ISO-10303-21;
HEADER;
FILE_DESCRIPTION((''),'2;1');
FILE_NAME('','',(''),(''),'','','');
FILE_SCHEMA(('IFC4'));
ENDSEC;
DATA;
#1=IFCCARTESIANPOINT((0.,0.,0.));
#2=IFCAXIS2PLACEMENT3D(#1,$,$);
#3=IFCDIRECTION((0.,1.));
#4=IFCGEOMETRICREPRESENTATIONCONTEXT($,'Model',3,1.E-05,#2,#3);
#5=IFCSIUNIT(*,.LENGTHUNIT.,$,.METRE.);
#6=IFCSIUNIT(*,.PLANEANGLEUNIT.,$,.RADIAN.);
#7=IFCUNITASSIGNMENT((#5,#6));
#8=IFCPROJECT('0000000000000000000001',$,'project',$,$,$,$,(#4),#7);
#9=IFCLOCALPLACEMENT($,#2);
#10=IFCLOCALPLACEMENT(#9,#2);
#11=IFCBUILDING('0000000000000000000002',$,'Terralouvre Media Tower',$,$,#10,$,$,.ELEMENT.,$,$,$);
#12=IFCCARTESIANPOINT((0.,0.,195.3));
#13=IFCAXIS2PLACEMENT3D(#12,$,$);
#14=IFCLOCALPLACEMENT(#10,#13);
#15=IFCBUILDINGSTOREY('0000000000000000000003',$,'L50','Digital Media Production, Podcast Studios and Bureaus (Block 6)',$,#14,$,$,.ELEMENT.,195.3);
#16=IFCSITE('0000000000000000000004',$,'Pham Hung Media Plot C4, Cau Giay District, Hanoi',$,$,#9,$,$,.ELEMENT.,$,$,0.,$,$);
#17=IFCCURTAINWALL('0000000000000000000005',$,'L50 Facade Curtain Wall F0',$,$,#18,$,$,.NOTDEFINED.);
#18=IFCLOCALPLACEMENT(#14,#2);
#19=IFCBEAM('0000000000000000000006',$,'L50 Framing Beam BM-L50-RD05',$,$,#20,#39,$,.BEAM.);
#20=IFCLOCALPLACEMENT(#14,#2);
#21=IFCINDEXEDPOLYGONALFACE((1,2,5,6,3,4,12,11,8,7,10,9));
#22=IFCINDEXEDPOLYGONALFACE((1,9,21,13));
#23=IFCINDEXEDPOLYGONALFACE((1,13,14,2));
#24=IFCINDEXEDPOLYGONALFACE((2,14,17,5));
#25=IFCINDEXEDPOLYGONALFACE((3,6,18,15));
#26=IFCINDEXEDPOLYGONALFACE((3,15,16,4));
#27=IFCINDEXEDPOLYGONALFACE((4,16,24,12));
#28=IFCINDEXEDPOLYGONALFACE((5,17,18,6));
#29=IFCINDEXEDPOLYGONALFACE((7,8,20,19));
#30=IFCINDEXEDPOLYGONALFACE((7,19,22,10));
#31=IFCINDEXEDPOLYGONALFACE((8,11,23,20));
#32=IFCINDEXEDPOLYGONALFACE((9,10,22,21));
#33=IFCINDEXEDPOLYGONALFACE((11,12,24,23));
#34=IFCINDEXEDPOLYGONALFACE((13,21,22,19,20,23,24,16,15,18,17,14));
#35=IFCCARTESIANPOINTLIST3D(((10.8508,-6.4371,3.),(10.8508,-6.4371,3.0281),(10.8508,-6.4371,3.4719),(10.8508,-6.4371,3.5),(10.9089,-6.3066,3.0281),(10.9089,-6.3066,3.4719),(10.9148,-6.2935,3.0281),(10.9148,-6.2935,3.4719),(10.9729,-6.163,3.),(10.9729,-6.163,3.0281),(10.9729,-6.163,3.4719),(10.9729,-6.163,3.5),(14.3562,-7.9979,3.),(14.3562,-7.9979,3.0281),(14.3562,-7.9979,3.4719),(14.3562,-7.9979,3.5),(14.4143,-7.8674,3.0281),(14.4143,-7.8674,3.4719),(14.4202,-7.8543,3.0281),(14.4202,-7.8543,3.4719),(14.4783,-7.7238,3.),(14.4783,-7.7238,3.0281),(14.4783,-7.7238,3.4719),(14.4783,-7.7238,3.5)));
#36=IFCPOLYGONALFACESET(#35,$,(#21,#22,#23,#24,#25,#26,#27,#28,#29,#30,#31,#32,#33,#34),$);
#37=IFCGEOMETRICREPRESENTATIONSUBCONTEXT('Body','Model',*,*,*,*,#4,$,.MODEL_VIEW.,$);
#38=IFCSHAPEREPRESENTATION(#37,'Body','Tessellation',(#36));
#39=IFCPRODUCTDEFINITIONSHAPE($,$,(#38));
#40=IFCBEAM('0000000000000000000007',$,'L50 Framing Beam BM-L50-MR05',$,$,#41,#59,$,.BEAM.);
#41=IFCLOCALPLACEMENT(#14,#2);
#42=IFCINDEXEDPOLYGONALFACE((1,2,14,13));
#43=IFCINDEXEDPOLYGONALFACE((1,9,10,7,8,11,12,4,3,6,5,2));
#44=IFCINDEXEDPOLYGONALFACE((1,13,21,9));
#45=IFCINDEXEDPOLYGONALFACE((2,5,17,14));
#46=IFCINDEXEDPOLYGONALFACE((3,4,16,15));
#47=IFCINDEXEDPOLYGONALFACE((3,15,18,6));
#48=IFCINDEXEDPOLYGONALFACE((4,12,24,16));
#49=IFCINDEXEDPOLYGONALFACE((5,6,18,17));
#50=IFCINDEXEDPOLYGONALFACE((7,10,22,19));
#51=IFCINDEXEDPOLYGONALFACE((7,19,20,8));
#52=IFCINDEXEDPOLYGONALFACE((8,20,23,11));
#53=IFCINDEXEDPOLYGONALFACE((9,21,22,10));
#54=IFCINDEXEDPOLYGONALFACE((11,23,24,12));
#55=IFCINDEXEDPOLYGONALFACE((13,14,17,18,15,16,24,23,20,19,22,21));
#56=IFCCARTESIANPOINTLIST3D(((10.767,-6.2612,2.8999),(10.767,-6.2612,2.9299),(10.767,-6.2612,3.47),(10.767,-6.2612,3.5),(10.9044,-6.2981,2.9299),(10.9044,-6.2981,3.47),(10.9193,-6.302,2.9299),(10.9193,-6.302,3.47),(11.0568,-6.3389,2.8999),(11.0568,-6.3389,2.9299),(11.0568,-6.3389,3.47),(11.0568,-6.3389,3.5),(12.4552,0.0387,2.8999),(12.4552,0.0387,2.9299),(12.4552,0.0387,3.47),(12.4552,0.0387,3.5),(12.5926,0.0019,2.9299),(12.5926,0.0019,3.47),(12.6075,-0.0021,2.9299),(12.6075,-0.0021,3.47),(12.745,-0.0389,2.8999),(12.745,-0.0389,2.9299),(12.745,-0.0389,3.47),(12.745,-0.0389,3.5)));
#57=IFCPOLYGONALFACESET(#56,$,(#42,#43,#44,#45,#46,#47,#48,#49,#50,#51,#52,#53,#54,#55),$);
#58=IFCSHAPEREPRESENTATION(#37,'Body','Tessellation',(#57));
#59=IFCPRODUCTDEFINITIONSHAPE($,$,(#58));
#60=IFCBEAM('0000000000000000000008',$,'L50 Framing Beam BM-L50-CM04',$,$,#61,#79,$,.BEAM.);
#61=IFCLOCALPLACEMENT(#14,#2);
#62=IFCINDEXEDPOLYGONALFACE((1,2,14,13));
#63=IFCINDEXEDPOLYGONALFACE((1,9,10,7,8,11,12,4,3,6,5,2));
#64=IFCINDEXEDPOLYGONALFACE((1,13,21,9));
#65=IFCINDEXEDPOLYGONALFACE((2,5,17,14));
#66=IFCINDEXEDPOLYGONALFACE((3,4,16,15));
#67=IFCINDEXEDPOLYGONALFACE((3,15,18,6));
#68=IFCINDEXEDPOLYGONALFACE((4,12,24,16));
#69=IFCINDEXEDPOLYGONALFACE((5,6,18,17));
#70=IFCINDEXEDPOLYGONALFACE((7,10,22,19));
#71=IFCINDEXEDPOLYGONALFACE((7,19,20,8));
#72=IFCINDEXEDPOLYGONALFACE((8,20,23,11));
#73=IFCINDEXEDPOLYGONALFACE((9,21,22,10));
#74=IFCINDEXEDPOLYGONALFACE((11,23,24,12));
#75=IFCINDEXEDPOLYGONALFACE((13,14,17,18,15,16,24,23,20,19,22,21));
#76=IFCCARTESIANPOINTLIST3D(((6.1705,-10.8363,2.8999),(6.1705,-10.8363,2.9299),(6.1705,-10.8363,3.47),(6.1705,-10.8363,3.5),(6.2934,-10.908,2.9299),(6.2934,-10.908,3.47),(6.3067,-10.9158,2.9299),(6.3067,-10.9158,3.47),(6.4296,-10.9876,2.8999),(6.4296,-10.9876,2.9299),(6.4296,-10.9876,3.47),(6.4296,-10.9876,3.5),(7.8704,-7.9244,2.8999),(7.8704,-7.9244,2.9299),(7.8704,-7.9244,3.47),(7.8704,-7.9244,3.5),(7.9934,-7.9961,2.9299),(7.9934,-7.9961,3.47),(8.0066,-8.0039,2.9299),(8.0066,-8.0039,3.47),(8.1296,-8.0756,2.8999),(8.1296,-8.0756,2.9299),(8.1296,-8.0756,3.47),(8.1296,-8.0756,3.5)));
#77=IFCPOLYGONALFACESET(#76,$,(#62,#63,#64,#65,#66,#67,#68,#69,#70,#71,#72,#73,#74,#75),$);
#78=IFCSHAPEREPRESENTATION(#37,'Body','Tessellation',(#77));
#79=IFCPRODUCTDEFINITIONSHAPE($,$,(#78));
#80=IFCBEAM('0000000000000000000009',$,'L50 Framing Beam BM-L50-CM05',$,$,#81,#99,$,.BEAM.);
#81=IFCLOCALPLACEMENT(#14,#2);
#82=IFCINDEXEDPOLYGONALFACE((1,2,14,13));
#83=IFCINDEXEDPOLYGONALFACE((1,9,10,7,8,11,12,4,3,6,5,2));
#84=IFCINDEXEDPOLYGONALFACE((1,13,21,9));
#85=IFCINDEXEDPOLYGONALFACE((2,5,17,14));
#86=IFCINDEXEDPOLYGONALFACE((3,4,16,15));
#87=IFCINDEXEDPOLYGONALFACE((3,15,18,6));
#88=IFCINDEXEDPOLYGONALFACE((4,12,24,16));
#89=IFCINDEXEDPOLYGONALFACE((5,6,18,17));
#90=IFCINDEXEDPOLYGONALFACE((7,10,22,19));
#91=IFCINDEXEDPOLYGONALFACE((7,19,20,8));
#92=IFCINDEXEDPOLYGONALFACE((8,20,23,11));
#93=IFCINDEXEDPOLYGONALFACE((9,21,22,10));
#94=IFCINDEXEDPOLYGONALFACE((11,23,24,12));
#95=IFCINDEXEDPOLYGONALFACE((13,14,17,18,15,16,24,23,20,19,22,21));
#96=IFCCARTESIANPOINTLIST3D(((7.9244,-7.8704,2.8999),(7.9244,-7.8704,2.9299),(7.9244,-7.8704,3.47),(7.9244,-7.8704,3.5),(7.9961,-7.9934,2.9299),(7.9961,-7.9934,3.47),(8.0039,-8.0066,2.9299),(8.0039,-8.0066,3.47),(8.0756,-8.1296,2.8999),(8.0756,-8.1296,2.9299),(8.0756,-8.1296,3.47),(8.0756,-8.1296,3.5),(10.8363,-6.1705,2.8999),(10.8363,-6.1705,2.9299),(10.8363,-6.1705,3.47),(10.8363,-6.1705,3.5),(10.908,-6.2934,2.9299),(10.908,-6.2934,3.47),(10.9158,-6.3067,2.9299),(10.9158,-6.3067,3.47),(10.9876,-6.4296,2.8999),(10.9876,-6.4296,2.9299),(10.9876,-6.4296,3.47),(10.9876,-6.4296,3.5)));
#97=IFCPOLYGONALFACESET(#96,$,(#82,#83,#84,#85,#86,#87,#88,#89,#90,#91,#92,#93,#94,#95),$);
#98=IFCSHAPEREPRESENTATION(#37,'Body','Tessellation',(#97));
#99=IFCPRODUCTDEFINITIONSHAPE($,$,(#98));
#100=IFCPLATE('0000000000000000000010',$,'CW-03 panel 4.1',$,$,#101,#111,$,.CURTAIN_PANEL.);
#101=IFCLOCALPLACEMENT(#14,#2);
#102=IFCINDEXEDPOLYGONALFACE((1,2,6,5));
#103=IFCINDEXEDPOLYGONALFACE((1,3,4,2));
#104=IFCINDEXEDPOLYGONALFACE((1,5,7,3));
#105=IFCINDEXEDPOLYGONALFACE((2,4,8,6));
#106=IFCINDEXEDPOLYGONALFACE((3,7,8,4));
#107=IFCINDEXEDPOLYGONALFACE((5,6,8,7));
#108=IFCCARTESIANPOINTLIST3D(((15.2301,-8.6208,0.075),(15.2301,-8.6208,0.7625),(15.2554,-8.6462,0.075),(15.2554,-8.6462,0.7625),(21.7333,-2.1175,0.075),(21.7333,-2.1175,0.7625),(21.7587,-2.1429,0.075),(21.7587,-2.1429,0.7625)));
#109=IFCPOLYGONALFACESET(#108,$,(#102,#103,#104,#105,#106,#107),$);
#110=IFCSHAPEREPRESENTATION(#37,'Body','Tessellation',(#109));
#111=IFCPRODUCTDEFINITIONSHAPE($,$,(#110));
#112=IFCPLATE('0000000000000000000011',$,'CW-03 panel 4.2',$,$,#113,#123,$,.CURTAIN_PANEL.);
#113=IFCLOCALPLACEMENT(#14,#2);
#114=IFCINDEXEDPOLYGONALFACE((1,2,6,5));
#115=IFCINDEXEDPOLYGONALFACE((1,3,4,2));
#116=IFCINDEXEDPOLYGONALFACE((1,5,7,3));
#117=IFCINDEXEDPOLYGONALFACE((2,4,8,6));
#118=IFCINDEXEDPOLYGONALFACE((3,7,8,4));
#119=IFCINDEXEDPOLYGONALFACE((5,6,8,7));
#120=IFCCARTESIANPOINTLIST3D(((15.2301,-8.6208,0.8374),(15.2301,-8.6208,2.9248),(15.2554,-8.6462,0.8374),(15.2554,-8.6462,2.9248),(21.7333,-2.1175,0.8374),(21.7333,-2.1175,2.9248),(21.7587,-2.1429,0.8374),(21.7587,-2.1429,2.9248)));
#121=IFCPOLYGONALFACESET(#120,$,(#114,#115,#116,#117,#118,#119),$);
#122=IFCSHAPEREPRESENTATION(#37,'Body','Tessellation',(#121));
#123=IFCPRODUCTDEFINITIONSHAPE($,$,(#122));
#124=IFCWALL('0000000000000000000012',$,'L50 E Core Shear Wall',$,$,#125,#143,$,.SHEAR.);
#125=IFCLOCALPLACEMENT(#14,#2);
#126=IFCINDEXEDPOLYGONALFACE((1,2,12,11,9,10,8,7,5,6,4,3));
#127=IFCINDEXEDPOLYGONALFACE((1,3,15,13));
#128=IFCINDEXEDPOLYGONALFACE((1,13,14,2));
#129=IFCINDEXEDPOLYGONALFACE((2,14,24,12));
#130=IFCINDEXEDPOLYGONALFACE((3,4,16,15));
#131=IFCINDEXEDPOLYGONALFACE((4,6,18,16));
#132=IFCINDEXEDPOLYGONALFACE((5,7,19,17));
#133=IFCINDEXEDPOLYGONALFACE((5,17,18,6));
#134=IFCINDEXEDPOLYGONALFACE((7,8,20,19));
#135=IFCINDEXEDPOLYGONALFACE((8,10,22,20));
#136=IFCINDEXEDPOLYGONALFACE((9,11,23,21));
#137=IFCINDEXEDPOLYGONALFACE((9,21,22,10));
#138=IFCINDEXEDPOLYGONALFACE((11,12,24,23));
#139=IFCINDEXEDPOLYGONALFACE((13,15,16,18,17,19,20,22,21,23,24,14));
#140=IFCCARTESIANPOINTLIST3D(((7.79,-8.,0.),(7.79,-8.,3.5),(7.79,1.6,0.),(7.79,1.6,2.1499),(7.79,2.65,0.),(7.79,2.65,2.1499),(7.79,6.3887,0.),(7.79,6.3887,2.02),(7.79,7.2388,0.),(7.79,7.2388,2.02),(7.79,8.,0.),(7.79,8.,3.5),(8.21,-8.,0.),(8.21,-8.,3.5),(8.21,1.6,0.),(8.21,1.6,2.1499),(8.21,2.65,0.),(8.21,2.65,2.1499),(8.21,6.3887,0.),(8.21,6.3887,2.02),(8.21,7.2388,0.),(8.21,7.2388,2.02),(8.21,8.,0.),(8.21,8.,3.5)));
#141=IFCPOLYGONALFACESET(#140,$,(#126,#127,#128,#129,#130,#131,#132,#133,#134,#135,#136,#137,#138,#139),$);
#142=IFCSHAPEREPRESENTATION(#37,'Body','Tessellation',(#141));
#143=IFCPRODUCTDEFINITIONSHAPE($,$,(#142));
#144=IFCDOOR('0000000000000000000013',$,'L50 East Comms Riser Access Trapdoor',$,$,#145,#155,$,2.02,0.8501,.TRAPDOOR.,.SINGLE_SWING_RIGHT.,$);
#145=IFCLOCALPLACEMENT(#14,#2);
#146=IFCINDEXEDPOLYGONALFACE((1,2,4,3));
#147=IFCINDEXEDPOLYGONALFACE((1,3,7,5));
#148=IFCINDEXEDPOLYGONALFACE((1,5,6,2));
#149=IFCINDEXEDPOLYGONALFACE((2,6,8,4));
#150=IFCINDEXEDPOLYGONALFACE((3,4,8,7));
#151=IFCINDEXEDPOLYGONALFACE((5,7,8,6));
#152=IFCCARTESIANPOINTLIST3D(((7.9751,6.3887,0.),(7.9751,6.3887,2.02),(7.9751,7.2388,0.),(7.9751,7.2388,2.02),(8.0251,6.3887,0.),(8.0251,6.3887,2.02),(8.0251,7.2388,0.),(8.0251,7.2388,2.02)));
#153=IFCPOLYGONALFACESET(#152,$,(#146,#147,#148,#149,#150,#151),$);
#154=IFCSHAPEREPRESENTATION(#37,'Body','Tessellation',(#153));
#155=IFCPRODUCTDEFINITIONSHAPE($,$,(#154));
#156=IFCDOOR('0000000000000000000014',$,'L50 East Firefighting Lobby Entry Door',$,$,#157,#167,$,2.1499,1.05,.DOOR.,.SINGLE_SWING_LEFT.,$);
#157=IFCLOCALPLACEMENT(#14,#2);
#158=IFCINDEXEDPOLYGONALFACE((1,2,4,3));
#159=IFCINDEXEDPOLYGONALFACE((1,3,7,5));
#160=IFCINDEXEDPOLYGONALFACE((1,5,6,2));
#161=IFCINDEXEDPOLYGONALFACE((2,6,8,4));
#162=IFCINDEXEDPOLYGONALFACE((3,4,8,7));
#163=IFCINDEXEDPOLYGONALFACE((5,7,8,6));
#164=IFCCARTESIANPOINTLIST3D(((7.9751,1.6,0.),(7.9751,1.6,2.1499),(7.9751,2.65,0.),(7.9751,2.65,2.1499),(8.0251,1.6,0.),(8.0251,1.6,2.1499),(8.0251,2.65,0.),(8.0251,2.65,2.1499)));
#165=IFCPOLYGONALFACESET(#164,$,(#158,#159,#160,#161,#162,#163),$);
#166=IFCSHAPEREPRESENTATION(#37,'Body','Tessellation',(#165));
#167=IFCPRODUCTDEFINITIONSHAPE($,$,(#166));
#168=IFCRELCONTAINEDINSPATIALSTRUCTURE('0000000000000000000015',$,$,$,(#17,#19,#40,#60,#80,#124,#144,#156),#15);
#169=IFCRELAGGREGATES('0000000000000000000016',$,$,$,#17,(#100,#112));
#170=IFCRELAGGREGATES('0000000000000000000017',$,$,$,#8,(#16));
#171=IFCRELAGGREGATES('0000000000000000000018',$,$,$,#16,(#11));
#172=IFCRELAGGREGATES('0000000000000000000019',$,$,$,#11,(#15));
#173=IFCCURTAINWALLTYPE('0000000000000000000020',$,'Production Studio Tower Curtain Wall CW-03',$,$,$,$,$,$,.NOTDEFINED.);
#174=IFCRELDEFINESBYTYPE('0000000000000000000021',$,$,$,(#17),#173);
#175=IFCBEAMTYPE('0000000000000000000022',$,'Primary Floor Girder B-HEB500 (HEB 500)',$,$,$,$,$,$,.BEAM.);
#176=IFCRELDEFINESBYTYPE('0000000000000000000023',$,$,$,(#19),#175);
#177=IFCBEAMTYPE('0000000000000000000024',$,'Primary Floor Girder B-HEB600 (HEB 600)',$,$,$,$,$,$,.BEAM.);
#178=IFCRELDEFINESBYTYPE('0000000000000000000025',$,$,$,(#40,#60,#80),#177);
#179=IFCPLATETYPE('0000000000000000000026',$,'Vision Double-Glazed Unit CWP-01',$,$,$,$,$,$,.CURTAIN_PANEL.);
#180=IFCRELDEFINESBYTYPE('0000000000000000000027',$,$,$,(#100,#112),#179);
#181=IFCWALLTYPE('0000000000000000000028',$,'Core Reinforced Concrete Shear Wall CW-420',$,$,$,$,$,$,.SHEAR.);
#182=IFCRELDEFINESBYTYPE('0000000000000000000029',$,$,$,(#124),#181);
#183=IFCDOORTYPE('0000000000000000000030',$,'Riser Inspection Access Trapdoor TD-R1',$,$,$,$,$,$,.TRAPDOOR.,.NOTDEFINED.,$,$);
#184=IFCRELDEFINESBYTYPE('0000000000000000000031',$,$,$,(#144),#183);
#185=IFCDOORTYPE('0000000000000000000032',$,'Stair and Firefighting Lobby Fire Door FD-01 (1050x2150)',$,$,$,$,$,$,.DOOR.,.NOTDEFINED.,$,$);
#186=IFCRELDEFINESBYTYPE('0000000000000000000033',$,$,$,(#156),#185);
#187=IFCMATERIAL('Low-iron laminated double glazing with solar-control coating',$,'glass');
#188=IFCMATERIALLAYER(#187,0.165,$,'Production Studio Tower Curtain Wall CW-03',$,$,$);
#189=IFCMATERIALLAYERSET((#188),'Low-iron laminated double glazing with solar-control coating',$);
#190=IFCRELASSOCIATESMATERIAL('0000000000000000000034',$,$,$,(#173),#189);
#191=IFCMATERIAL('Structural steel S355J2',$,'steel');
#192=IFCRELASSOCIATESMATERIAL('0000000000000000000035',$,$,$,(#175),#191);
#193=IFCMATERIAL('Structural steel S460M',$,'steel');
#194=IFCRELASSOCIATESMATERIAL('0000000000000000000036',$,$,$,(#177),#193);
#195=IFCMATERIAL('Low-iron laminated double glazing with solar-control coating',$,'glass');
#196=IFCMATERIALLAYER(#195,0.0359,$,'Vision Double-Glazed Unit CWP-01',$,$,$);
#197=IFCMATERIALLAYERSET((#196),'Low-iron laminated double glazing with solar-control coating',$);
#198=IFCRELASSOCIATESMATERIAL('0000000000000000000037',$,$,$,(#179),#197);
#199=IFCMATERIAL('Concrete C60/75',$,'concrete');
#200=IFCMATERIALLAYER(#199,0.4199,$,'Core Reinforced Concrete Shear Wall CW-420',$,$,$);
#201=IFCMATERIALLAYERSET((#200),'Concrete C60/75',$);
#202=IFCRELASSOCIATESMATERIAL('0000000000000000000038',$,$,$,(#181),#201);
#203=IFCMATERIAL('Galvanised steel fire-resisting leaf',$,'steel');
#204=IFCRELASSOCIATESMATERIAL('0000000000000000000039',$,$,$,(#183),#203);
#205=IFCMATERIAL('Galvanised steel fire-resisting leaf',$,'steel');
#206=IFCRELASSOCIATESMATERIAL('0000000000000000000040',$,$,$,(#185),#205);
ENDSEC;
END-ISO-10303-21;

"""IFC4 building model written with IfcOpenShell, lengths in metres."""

from ifc_helpers import new_model, si_unit, direction, frame, frame_2d, origin, origin_2d, place, context, subcontext, project, spatial, rectangle, i_section, extrude, material, layer, layer_set, material_profile, profile_set, type_object, element, fill, aggregate, save


model = new_model("IFC4")

# Units and contexts
model_context = context("Model", 3, precision=1e-05, world=origin(), true_north=direction((0.0, 1.0)))
body_context = subcontext(model_context, "Body", "Model", "MODEL_VIEW")
ifc_project = project(units=[si_unit("LENGTHUNIT", "METRE"), si_unit("PLANEANGLEUNIT", "RADIAN")], contexts=[model_context])

# Site, building, storey
site_placement = place(None, origin())
site = spatial("IfcSite", under=ifc_project, at=site_placement, Name="Pham Hung Media Plot C4, Cau Giay District, Hanoi", CompositionType="ELEMENT", RefElevation=0.0)
building_placement = place(site_placement, origin())
building = spatial("IfcBuilding", under=site, at=building_placement, Name="Terralouvre Media Tower", CompositionType="ELEMENT")
storey_placement = place(building_placement, frame((0.0, 0.0, 195.3)))
storey = spatial("IfcBuildingStorey", under=building, at=storey_placement, Name="L50", Description="Digital Media Production, Podcast Studios and Bureaus (Block 6)", CompositionType="ELEMENT", Elevation=195.3)

# Curtain wall
ifc_material_1 = material(Name="Low-iron laminated double glazing with solar-control coating", Category="glass")
ifc_layer_1 = layer(ifc_material_1, 0.165, Name="Production Studio Tower Curtain Wall CW-03")
ifc_layer_set_1 = layer_set([ifc_layer_1], Name="Low-iron laminated double glazing with solar-control coating")
curtain_wall_type = type_object("IfcCurtainWallType", Name="Production Studio Tower Curtain Wall CW-03", PredefinedType="NOTDEFINED", material=ifc_layer_set_1)
curtain_wall_placement = place(storey_placement, origin())
curtain_wall = element("IfcCurtainWall", 1, at=curtain_wall_placement, inside=storey, type_object=curtain_wall_type, Name="L50 Facade Curtain Wall F0", PredefinedType="NOTDEFINED")

# Beams
ifc_material_2 = material(Name="Structural steel S355J2", Category="steel")
ifc_material_profile_1 = material_profile(ifc_material_2, i_section(OverallWidth=0.3, OverallDepth=0.5, WebThickness=0.0144, FlangeThickness=0.0281, at=origin_2d()), Name="HEB 500")
ifc_profile_set_1 = profile_set([ifc_material_profile_1], Name="Structural steel S355J2")
beam_type_1 = type_object("IfcBeamType", Name="Primary Floor Girder B-HEB500 (HEB 500)", PredefinedType="BEAM", material=ifc_profile_set_1)
beam_1_placement = place(storey_placement, frame((10.9119, -6.3, 3.25), z_axis=(0.913536, -0.406758, 0.0), x_axis=(0.406758, 0.913536, 0.0)))
element("IfcBeam", 2, at=beam_1_placement, inside=storey, type_object=beam_type_1, Name="L50 Framing Beam BM-L50-RD05", PredefinedType="BEAM", context=body_context, shape_type="SweptSolid", body=[
    extrude(i_section(OverallWidth=0.3, OverallDepth=0.5, WebThickness=0.0144, FlangeThickness=0.0281, at=origin_2d()), origin(), (0.0, 0.0, 1.0), 3.8372),
])
ifc_material_3 = material(Name="Structural steel S460M", Category="steel")
ifc_material_profile_2 = material_profile(ifc_material_3, i_section(OverallWidth=0.3, OverallDepth=0.6001, WebThickness=0.0154, FlangeThickness=0.03, at=origin_2d()), Name="HEB 600")
ifc_profile_set_2 = profile_set([ifc_material_profile_2], Name="Structural steel S460M")
beam_type_2 = type_object("IfcBeamType", Name="Primary Floor Girder B-HEB600 (HEB 600)", PredefinedType="BEAM", material=ifc_profile_set_2)
beam_2_placement = place(storey_placement, frame((10.9119, -6.3, 3.2), z_axis=(0.258839, 0.96592, 0.0), x_axis=(-0.96592, 0.258839, 0.0)))
element("IfcBeam", 3, at=beam_2_placement, inside=storey, type_object=beam_type_2, Name="L50 Framing Beam BM-L50-MR05", PredefinedType="BEAM", context=body_context, shape_type="SweptSolid", body=[
    extrude(i_section(OverallWidth=0.3, OverallDepth=0.6001, WebThickness=0.0154, FlangeThickness=0.03, at=origin_2d()), origin(), (0.0, 0.0, 1.0), 6.5222),
])
for number, where, z_axis, x_axis, name in (
    (4, (8.0, -8.0, 3.2), (-0.504173, -0.863603, 0.0), (0.863603, -0.504173, 0.0), "L50 Framing Beam BM-L50-CM04"),
    (5, (8.0, -8.0, 3.2), (0.863603, 0.504173, 0.0), (-0.504173, 0.863603, 0.0), "L50 Framing Beam BM-L50-CM05"),
):
    element("IfcBeam", number, at=place(storey_placement, frame(where, z_axis=z_axis, x_axis=x_axis)), inside=storey, type_object=beam_type_2, Name=name, PredefinedType="BEAM", context=body_context, shape_type="SweptSolid", body=[
        extrude(i_section(OverallWidth=0.3, OverallDepth=0.6001, WebThickness=0.0154, FlangeThickness=0.03, at=origin_2d()), origin(), (0.0, 0.0, 1.0), 3.3718),
    ])

# Plates
ifc_material_4 = material(Name="Low-iron laminated double glazing with solar-control coating", Category="glass")
ifc_layer_2 = layer(ifc_material_4, 0.0359, Name="Vision Double-Glazed Unit CWP-01")
ifc_layer_set_2 = layer_set([ifc_layer_2], Name="Low-iron laminated double glazing with solar-control coating")
plate_type = type_object("IfcPlateType", Name="Vision Double-Glazed Unit CWP-01", PredefinedType="CURTAIN_PANEL", material=ifc_layer_set_2)
plate_1_placement = place(storey_placement, frame((18.4944, -5.3818, 0.075), z_axis=(0.0, 0.0, 1.0), x_axis=(0.707107, 0.707107, 0.0)))
plate_1 = element("IfcPlate", 6, at=plate_1_placement, type_object=plate_type, Name="CW-03 panel 4.1", PredefinedType="CURTAIN_PANEL", context=body_context, shape_type="SweptSolid", body=[
    extrude(rectangle(XDim=9.197, YDim=0.0359, at=origin_2d()), origin(), (0.0, 0.0, 1.0), 0.6875),
])
plate_2_placement = place(storey_placement, frame((18.4944, -5.3818, 0.8374), z_axis=(0.0, 0.0, 1.0), x_axis=(0.707107, 0.707107, 0.0)))
plate_2 = element("IfcPlate", 7, at=plate_2_placement, type_object=plate_type, Name="CW-03 panel 4.2", PredefinedType="CURTAIN_PANEL", context=body_context, shape_type="SweptSolid", body=[
    extrude(rectangle(XDim=9.197, YDim=0.0359, at=origin_2d()), origin(), (0.0, 0.0, 1.0), 2.0874),
])
aggregate(curtain_wall, [plate_1, plate_2])

# Wall, openings, doors
ifc_material_5 = material(Name="Concrete C60/75", Category="concrete")
ifc_layer_3 = layer(ifc_material_5, 0.4199, Name="Core Reinforced Concrete Shear Wall CW-420")
ifc_layer_set_3 = layer_set([ifc_layer_3], Name="Concrete C60/75")
wall_type_1 = type_object("IfcWallType", Name="Core Reinforced Concrete Shear Wall CW-420", PredefinedType="SHEAR", material=ifc_layer_set_3)
wall_1_placement = place(storey_placement, frame((8.0, -8.0, 0.0), z_axis=(0.0, 0.0, 1.0), x_axis=(0.0, 1.0, 0.0)))
wall_1 = element("IfcWall", 8, at=wall_1_placement, inside=storey, type_object=wall_type_1, Name="L50 E Core Shear Wall", PredefinedType="SHEAR", context=body_context, shape_type="SweptSolid", body=[
    extrude(rectangle(XDim=16.0, YDim=0.4199, at=frame_2d((8.0, 0.0))), origin(), (0.0, 0.0, 1.0), 3.5),
])
opening_1_placement = place(wall_1_placement, frame((9.6001, 0.0, 0.0)))
opening_1 = element("IfcOpeningElement", 9, at=opening_1_placement, cuts=wall_1, PredefinedType="OPENING", context=body_context, shape_type="SweptSolid", body=[
    extrude(rectangle(XDim=1.05, YDim=2.1499, at=frame_2d((0.5249, 1.075))), frame((0.0, 0.22, 0.0), z_axis=(0.0, -1.0, 0.0), x_axis=(1.0, 0.0, 0.0)), (0.0, 0.0, 1.0), 0.4399),
])
opening_2_placement = place(wall_1_placement, frame((14.3887, 0.0, 0.0)))
opening_2 = element("IfcOpeningElement", 10, at=opening_2_placement, cuts=wall_1, PredefinedType="OPENING", context=body_context, shape_type="SweptSolid", body=[
    extrude(rectangle(XDim=0.8501, YDim=2.02, at=frame_2d((0.425, 1.01))), frame((0.0, 0.22, 0.0), z_axis=(0.0, -1.0, 0.0), x_axis=(1.0, 0.0, 0.0)), (0.0, 0.0, 1.0), 0.4399),
])
ifc_material_6 = material(Name="Galvanised steel fire-resisting leaf", Category="steel")
door_type_1 = type_object("IfcDoorType", Name="Riser Inspection Access Trapdoor TD-R1", OperationType="NOTDEFINED", PredefinedType="TRAPDOOR", material=ifc_material_6)
door_1_placement = place(opening_2_placement, origin())
door_1 = element("IfcDoor", 11, at=door_1_placement, inside=storey, type_object=door_type_1, Name="L50 East Comms Riser Access Trapdoor", OperationType="SINGLE_SWING_RIGHT", OverallHeight=2.02, OverallWidth=0.8501, PredefinedType="TRAPDOOR", context=body_context, shape_type="SweptSolid", body=[
    extrude(rectangle(XDim=0.8501, YDim=2.02, at=frame_2d((0.425, 1.01))), frame((0.0, 0.0249, 0.0), z_axis=(0.0, -1.0, 0.0), x_axis=(1.0, 0.0, 0.0)), (0.0, 0.0, 1.0), 0.05),
])
fill(opening_2, door_1)
ifc_material_7 = material(Name="Galvanised steel fire-resisting leaf", Category="steel")
door_type_2 = type_object("IfcDoorType", Name="Stair and Firefighting Lobby Fire Door FD-01 (1050x2150)", OperationType="NOTDEFINED", PredefinedType="DOOR", material=ifc_material_7)
door_2_placement = place(opening_1_placement, origin())
door_2 = element("IfcDoor", 12, at=door_2_placement, inside=storey, type_object=door_type_2, Name="L50 East Firefighting Lobby Entry Door", OperationType="SINGLE_SWING_LEFT", OverallHeight=2.1499, OverallWidth=1.05, PredefinedType="DOOR", context=body_context, shape_type="SweptSolid", body=[
    extrude(rectangle(XDim=1.05, YDim=2.1499, at=frame_2d((0.5249, 1.075))), frame((0.0, 0.0249, 0.0), z_axis=(0.0, -1.0, 0.0), x_axis=(1.0, 0.0, 0.0)), (0.0, 0.0, 1.0), 0.05),
])
fill(opening_1, door_2)

save(model, "model.ifc")
